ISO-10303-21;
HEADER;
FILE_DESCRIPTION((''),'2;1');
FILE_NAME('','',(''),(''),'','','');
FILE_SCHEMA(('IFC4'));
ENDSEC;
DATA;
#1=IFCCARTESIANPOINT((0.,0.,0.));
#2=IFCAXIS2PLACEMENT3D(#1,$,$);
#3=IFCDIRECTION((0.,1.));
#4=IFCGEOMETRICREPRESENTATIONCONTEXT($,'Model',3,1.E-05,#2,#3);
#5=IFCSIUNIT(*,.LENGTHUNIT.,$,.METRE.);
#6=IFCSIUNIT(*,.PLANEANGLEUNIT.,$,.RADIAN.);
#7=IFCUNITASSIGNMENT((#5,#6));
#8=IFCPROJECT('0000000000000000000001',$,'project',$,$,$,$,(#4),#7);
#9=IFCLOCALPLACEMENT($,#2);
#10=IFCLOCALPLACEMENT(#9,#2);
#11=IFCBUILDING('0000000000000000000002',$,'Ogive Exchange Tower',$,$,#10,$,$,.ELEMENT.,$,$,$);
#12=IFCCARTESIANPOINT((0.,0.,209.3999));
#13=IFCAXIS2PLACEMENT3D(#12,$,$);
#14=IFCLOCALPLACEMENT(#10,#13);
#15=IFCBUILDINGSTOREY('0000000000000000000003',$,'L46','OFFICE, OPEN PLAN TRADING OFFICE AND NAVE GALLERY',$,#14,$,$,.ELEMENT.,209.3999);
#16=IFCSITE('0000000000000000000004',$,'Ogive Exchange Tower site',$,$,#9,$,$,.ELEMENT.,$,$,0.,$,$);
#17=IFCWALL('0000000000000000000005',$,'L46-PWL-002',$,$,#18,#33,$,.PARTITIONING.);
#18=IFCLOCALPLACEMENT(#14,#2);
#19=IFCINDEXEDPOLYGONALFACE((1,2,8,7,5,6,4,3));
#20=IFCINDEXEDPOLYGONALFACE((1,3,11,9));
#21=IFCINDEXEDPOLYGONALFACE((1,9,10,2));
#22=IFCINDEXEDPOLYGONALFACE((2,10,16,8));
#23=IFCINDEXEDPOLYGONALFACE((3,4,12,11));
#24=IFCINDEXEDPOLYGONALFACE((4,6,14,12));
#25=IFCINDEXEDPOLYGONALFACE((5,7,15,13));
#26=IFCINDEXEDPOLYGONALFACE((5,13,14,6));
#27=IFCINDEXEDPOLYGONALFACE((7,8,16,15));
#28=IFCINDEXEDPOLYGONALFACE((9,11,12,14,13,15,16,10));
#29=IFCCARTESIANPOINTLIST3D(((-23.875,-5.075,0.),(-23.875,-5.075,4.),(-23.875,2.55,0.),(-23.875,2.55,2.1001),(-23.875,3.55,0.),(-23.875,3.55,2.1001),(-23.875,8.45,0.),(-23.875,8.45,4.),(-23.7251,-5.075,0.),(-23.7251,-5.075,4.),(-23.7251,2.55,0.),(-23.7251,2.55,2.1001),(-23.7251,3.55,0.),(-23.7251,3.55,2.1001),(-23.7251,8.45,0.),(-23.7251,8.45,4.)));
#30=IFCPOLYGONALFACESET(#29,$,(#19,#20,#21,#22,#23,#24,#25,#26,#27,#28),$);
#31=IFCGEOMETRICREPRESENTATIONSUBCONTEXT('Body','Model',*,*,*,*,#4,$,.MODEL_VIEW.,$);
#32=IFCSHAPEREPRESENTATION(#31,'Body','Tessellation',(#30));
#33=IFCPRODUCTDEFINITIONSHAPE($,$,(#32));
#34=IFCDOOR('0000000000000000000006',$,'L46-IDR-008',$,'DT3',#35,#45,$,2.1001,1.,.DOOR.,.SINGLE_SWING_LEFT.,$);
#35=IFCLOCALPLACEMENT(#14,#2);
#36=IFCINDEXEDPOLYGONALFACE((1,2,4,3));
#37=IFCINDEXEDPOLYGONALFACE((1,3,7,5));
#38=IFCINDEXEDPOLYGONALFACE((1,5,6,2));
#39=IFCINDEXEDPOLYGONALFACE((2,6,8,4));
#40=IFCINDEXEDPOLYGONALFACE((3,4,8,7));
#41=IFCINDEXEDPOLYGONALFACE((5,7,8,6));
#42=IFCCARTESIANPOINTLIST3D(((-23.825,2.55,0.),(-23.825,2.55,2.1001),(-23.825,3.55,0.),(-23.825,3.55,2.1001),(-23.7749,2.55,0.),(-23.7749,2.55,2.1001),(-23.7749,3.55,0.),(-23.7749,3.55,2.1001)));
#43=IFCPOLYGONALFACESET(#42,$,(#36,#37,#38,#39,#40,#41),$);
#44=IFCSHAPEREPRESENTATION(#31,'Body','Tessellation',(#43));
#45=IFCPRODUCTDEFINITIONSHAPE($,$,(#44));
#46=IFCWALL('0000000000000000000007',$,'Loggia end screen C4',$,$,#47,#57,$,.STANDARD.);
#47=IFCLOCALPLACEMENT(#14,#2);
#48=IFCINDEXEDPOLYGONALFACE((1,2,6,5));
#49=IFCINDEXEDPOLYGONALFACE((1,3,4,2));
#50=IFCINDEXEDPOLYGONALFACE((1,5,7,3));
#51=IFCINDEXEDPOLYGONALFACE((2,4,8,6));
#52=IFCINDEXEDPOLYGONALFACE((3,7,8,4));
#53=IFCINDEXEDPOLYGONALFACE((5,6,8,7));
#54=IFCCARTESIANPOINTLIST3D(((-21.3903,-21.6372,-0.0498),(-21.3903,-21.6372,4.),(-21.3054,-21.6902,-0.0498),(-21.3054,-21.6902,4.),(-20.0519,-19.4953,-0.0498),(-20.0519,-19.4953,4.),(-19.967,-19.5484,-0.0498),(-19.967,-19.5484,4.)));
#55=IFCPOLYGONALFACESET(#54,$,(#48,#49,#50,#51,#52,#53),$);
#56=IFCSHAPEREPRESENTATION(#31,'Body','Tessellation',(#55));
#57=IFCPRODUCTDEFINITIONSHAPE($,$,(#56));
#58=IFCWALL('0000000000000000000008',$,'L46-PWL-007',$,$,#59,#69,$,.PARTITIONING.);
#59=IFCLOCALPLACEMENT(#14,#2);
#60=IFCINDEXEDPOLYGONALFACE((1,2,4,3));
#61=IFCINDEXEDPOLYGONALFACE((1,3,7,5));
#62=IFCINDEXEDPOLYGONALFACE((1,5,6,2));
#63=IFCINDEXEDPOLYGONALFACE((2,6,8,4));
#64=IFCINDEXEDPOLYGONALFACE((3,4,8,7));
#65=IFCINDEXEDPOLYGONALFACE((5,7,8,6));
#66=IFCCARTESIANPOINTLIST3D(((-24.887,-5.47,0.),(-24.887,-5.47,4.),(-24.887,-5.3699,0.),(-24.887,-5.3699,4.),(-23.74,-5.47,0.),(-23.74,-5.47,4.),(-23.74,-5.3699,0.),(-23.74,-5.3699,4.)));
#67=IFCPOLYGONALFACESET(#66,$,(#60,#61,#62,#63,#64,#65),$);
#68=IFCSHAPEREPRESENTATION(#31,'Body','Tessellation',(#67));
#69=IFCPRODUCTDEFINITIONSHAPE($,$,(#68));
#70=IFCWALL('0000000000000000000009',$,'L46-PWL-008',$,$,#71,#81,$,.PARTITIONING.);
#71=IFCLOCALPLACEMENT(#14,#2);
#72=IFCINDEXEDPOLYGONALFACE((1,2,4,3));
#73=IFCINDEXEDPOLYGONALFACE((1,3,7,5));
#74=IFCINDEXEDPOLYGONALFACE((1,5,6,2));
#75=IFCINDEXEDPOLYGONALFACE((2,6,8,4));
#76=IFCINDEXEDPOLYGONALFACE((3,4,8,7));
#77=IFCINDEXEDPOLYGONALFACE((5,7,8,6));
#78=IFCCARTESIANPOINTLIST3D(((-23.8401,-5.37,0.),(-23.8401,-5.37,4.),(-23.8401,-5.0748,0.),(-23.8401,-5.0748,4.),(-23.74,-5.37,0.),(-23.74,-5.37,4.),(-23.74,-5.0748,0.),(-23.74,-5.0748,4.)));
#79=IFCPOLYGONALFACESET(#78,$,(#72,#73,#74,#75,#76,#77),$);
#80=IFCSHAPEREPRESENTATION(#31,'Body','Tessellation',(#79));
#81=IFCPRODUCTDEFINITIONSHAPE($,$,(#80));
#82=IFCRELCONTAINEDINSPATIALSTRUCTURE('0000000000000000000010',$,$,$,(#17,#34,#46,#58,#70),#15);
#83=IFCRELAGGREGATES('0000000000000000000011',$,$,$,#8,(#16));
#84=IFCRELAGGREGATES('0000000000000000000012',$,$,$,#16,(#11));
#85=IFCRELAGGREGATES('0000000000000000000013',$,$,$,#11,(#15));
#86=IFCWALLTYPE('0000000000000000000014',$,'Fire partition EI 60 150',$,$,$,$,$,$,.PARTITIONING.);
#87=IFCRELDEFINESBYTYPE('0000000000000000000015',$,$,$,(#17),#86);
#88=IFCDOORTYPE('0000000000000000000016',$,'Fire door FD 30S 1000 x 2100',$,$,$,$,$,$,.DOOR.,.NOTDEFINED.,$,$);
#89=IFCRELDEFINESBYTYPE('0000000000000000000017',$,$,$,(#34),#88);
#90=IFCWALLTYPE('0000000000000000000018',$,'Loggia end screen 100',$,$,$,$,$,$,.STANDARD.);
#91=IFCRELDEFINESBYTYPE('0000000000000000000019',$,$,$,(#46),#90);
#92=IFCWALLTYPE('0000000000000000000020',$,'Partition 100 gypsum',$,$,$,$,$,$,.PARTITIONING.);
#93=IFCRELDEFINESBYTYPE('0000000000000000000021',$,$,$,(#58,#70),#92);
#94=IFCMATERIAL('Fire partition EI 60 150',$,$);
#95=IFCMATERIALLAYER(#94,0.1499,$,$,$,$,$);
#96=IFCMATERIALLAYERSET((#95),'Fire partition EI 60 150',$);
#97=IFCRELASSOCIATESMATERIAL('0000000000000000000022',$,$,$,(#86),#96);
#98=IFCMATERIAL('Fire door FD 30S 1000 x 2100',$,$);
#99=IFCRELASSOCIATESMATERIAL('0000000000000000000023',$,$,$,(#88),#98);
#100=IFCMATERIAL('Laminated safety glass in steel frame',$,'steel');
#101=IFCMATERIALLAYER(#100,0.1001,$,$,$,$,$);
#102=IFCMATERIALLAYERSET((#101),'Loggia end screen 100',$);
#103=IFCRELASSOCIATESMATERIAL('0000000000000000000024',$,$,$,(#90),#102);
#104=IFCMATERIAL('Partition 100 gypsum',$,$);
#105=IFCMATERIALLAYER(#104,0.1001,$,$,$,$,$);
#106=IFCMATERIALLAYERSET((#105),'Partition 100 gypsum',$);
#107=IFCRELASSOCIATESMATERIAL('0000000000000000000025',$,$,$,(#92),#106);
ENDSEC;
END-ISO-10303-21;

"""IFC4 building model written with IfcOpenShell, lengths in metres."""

from ifc_helpers import new_model, si_unit, direction, frame, frame_2d, origin, place, context, subcontext, project, spatial, rectangle, extrude, material, layer, layer_set, type_object, element, fill, save


model = new_model("IFC4")

# Units and contexts
model_context = context("Model", 3, precision=1e-05, world=origin(), true_north=direction((0.0, 1.0)))
body_context = subcontext(model_context, "Body", "Model", "MODEL_VIEW")
ifc_project = project(units=[si_unit("LENGTHUNIT", "METRE"), si_unit("PLANEANGLEUNIT", "RADIAN")], contexts=[model_context])

# Site, building, storey
site_placement = place(None, origin())
site = spatial("IfcSite", under=ifc_project, at=site_placement, Name="Ogive Exchange Tower site", CompositionType="ELEMENT", RefElevation=0.0)
building_placement = place(site_placement, origin())
building = spatial("IfcBuilding", under=site, at=building_placement, Name="Ogive Exchange Tower", CompositionType="ELEMENT")
storey_placement = place(building_placement, frame((0.0, 0.0, 209.3999)))
storey = spatial("IfcBuildingStorey", under=building, at=storey_placement, Name="L46", Description="OFFICE, OPEN PLAN TRADING OFFICE AND NAVE GALLERY", CompositionType="ELEMENT", Elevation=209.3999)

# Wall, opening, door
ifc_material_1 = material(Name="Fire partition EI 60 150")
ifc_layer_1 = layer(ifc_material_1, 0.1499)
ifc_layer_set_1 = layer_set([ifc_layer_1], Name="Fire partition EI 60 150")
wall_type_1 = type_object("IfcWallType", Name="Fire partition EI 60 150", PredefinedType="PARTITIONING", material=ifc_layer_set_1)
wall_1_placement = place(storey_placement, frame((-23.8, -5.075, 0.0), z_axis=(0.0, 0.0, 1.0), x_axis=(0.0, 1.0, 0.0)))
wall_1 = element("IfcWall", 1, at=wall_1_placement, inside=storey, type_object=wall_type_1, Name="L46-PWL-002", PredefinedType="PARTITIONING", context=body_context, shape_type="SweptSolid", body=[
    extrude(rectangle(XDim=13.5249, YDim=0.1499, at=frame_2d((6.7625, 0.0))), origin(), (0.0, 0.0, 1.0), 4.0),
])
opening_placement = place(wall_1_placement, frame((7.625, 0.0, 0.0)))
opening = element("IfcOpeningElement", 2, at=opening_placement, cuts=wall_1, PredefinedType="OPENING", context=body_context, shape_type="SweptSolid", body=[
    extrude(rectangle(XDim=1.0, YDim=2.1001, at=frame_2d((0.5, 1.05))), frame((0.0, 0.085, 0.0), z_axis=(0.0, -1.0, 0.0), x_axis=(1.0, 0.0, 0.0)), (0.0, 0.0, 1.0), 0.1699),
])
ifc_material_2 = material(Name="Fire door FD 30S 1000 x 2100")
door_type = type_object("IfcDoorType", Name="Fire door FD 30S 1000 x 2100", OperationType="NOTDEFINED", PredefinedType="DOOR", material=ifc_material_2)
door_placement = place(opening_placement, origin())
door = element("IfcDoor", 3, at=door_placement, inside=storey, type_object=door_type, Name="L46-IDR-008", ObjectType="DT3", OperationType="SINGLE_SWING_LEFT", OverallHeight=2.1001, OverallWidth=1.0, PredefinedType="DOOR", context=body_context, shape_type="SweptSolid", body=[
    extrude(rectangle(XDim=1.0, YDim=2.1001, at=frame_2d((0.5, 1.05))), frame((0.0, 0.0249, 0.0), z_axis=(0.0, -1.0, 0.0), x_axis=(1.0, 0.0, 0.0)), (0.0, 0.0, 1.0), 0.05),
])
fill(opening, door)

# Walls
ifc_material_3 = material(Name="Laminated safety glass in steel frame", Category="steel")
ifc_layer_2 = layer(ifc_material_3, 0.1001)
ifc_layer_set_2 = layer_set([ifc_layer_2], Name="Loggia end screen 100")
wall_type_2 = type_object("IfcWallType", Name="Loggia end screen 100", PredefinedType="STANDARD", material=ifc_layer_set_2)
wall_2_placement = place(storey_placement, frame((-20.0095, -19.522, -0.0498), z_axis=(0.0, 0.0, 1.0), x_axis=(-0.529921, -0.848047, 0.0)))
element("IfcWall", 4, at=wall_2_placement, inside=storey, type_object=wall_type_2, Name="Loggia end screen C4", PredefinedType="STANDARD", context=body_context, shape_type="SweptSolid", body=[
    extrude(rectangle(XDim=2.5256, YDim=0.1001, at=frame_2d((1.2627, 0.0))), origin(), (0.0, 0.0, 1.0), 4.0498),
])
ifc_material_4 = material(Name="Partition 100 gypsum")
ifc_layer_3 = layer(ifc_material_4, 0.1001)
ifc_layer_set_3 = layer_set([ifc_layer_3], Name="Partition 100 gypsum")
wall_type_3 = type_object("IfcWallType", Name="Partition 100 gypsum", PredefinedType="PARTITIONING", material=ifc_layer_set_3)
wall_3_placement = place(storey_placement, frame((-23.74, -5.4199, 0.0), z_axis=(0.0, 0.0, 1.0), x_axis=(-1.0, 0.0, 0.0)))
element("IfcWall", 5, at=wall_3_placement, inside=storey, type_object=wall_type_3, Name="L46-PWL-007", PredefinedType="PARTITIONING", context=body_context, shape_type="SweptSolid", body=[
    extrude(rectangle(XDim=1.147, YDim=0.1001, at=frame_2d((0.5735, 0.0))), origin(), (0.0, 0.0, 1.0), 4.0),
])
wall_4_placement = place(storey_placement, frame((-23.79, -5.075, 0.0), z_axis=(0.0, 0.0, 1.0), x_axis=(0.0, -1.0, 0.0)))
element("IfcWall", 6, at=wall_4_placement, inside=storey, type_object=wall_type_3, Name="L46-PWL-008", PredefinedType="PARTITIONING", context=body_context, shape_type="SweptSolid", body=[
    extrude(rectangle(XDim=0.2952, YDim=0.1001, at=frame_2d((0.1475, 0.0))), origin(), (0.0, 0.0, 1.0), 4.0),
])

save(model, "model.ifc")
